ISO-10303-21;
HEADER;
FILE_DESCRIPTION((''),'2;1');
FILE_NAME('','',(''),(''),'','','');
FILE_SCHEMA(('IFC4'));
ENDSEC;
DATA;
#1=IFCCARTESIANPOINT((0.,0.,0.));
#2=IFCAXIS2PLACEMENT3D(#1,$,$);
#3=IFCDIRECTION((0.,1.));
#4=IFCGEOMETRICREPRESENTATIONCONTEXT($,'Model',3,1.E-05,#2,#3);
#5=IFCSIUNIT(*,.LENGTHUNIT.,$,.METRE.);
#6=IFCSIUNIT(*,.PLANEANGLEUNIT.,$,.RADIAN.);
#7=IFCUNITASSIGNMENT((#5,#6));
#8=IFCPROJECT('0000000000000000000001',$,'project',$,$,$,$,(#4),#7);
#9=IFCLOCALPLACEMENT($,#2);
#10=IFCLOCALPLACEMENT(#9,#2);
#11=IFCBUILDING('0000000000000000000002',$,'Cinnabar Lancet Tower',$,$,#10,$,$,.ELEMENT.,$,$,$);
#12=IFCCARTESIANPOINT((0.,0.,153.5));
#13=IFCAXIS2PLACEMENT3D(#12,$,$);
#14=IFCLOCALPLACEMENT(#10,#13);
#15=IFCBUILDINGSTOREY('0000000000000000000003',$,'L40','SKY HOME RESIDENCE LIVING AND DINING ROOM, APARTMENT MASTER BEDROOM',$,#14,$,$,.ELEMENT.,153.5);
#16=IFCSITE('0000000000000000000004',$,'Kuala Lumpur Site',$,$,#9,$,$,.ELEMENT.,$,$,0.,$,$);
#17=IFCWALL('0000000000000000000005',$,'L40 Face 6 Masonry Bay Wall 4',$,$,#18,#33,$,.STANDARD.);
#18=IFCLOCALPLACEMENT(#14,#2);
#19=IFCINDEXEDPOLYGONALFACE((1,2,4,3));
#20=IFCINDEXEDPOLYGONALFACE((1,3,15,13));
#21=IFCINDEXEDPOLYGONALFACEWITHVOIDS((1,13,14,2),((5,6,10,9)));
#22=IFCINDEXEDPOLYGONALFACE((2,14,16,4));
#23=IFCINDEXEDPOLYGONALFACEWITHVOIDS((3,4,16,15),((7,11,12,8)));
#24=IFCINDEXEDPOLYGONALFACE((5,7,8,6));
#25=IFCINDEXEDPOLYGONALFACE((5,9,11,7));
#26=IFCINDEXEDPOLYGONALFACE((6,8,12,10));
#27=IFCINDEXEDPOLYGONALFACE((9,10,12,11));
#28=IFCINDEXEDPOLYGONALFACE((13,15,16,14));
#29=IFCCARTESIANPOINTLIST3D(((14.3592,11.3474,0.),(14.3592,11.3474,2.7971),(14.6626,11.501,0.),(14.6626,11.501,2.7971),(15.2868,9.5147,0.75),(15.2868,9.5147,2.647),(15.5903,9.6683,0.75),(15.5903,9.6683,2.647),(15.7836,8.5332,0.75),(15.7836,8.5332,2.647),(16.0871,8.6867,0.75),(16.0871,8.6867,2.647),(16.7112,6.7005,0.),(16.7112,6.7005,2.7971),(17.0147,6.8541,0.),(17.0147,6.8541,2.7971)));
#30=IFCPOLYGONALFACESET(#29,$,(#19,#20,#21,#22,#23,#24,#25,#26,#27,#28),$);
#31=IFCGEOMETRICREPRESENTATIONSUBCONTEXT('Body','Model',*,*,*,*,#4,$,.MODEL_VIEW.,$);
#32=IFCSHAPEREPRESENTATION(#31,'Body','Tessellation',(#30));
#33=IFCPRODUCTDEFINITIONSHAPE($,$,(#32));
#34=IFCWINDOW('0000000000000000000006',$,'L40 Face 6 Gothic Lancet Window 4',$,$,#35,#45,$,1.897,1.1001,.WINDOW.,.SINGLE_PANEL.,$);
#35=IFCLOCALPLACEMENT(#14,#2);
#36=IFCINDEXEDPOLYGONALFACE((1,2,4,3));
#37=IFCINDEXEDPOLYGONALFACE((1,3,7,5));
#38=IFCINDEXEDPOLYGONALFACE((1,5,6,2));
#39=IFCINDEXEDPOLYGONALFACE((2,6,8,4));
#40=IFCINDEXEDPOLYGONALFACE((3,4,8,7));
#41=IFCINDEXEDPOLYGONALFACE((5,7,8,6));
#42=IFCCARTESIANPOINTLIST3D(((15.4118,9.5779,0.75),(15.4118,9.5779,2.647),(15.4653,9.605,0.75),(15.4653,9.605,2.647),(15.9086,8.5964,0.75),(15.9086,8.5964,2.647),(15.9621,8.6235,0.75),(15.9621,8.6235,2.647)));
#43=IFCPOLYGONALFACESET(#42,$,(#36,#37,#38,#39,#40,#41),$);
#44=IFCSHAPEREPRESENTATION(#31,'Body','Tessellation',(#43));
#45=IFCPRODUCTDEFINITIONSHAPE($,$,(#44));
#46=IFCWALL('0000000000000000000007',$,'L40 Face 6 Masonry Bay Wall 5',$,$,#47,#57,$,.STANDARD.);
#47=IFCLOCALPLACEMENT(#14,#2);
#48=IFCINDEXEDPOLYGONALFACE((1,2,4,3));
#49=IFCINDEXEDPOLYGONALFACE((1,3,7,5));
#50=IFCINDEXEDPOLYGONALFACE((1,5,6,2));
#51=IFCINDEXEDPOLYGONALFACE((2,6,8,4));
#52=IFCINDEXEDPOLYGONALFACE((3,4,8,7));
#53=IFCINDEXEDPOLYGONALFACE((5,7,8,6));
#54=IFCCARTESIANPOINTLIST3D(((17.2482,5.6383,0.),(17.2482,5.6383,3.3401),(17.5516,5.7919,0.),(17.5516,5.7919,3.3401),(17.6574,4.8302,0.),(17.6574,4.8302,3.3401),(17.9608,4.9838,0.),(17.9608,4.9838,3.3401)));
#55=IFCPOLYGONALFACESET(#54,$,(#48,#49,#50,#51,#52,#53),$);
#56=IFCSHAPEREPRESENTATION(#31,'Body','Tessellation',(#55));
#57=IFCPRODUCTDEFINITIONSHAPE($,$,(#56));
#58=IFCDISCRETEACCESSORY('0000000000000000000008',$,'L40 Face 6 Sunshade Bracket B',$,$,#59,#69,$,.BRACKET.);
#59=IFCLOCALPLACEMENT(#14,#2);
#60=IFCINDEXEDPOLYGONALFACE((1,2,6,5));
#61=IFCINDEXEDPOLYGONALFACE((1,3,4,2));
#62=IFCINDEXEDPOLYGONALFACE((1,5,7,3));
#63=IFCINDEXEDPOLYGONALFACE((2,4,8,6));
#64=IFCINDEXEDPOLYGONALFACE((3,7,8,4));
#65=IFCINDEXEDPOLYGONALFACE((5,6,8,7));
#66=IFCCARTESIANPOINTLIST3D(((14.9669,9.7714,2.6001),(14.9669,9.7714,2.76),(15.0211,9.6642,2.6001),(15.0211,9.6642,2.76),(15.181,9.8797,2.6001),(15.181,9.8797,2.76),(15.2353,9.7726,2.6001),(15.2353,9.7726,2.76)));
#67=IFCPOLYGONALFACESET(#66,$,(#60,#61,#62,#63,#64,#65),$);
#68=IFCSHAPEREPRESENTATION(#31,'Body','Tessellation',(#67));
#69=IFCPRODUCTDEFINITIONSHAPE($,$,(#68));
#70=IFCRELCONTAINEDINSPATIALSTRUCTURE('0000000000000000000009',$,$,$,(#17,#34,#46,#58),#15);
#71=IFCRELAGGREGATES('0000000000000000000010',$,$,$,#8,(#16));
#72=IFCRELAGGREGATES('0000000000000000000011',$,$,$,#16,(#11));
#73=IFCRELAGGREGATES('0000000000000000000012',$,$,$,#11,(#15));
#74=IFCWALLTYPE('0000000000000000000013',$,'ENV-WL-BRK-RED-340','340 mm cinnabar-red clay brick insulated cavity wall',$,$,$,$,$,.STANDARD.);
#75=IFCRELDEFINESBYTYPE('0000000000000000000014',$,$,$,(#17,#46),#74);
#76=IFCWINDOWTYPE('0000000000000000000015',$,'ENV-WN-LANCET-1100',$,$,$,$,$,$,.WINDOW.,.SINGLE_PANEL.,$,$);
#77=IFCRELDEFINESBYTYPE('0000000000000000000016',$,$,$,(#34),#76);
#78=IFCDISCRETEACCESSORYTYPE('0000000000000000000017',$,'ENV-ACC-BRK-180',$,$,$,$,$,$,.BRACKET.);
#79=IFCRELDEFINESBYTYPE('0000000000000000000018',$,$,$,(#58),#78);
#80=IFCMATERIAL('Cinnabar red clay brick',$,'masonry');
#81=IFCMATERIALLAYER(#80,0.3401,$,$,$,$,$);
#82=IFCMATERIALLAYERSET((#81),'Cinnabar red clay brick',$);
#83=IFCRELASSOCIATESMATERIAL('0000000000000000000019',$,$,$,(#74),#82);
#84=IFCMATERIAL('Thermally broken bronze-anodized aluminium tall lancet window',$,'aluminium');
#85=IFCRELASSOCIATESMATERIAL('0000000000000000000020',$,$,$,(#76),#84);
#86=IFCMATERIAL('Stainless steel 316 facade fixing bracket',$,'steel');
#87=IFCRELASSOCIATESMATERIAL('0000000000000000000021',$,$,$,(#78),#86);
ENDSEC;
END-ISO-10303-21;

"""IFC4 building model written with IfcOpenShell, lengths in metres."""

from ifc_helpers import new_model, si_unit, direction, frame, frame_2d, origin, origin_2d, place, context, subcontext, project, spatial, rectangle, extrude, material, layer, layer_set, type_object, element, fill, save


model = new_model("IFC4")

# Units and contexts
model_context = context("Model", 3, precision=1e-05, world=origin(), true_north=direction((0.0, 1.0)))
body_context = subcontext(model_context, "Body", "Model", "MODEL_VIEW")
ifc_project = project(units=[si_unit("LENGTHUNIT", "METRE"), si_unit("PLANEANGLEUNIT", "RADIAN")], contexts=[model_context])

# Site, building, storey
site_placement = place(None, origin())
site = spatial("IfcSite", under=ifc_project, at=site_placement, Name="Kuala Lumpur Site", CompositionType="ELEMENT", RefElevation=0.0)
building_placement = place(site_placement, origin())
building = spatial("IfcBuilding", under=site, at=building_placement, Name="Cinnabar Lancet Tower", CompositionType="ELEMENT")
storey_placement = place(building_placement, frame((0.0, 0.0, 153.5)))
storey = spatial("IfcBuildingStorey", under=building, at=storey_placement, Name="L40", Description="SKY HOME RESIDENCE LIVING AND DINING ROOM, APARTMENT MASTER BEDROOM", CompositionType="ELEMENT", Elevation=153.5)

# Shared definitions
ifc_material_1 = material(Name="Cinnabar red clay brick", Category="masonry")
ifc_layer_1 = layer(ifc_material_1, 0.3401)
ifc_layer_set_1 = layer_set([ifc_layer_1], Name="Cinnabar red clay brick")
wall_type = type_object("IfcWallType", Name="ENV-WL-BRK-RED-340", Description="340 mm cinnabar-red clay brick insulated cavity wall", PredefinedType="STANDARD", material=ifc_layer_set_1)

# Wall, opening, window
wall_1_placement = place(storey_placement, frame((14.511, 11.4241, 0.0), z_axis=(0.0, 0.0, 1.0), x_axis=(0.451596, -0.892223, 0.0)))
wall_1 = element("IfcWall", 1, at=wall_1_placement, inside=storey, type_object=wall_type, Name="L40 Face 6 Masonry Bay Wall 4", PredefinedType="STANDARD", context=body_context, shape_type="SweptSolid", body=[
    extrude(rectangle(XDim=5.2083, YDim=0.3401, at=frame_2d((2.604, 0.0))), origin(), (0.0, 0.0, 1.0), 2.7971),
])
opening_placement = place(wall_1_placement, frame((2.054, 0.0, 0.75)))
opening = element("IfcOpeningElement", 2, at=opening_placement, cuts=wall_1, PredefinedType="OPENING", context=body_context, shape_type="SweptSolid", body=[
    extrude(rectangle(XDim=1.1001, YDim=1.897, at=frame_2d((0.55, 0.9485))), frame((0.0, 0.1799, 0.0), z_axis=(0.0, -1.0, 0.0), x_axis=(1.0, 0.0, 0.0)), (0.0, 0.0, 1.0), 0.3601),
])
ifc_material_2 = material(Name="Thermally broken bronze-anodized aluminium tall lancet window", Category="aluminium")
window_type = type_object("IfcWindowType", Name="ENV-WN-LANCET-1100", PartitioningType="SINGLE_PANEL", PredefinedType="WINDOW", material=ifc_material_2)
window_placement = place(opening_placement, origin())
window = element("IfcWindow", 3, at=window_placement, inside=storey, type_object=window_type, Name="L40 Face 6 Gothic Lancet Window 4", OverallHeight=1.897, OverallWidth=1.1001, PartitioningType="SINGLE_PANEL", PredefinedType="WINDOW", context=body_context, shape_type="SweptSolid", body=[
    extrude(rectangle(XDim=1.1001, YDim=1.897, at=frame_2d((0.55, 0.9485))), frame((0.0, 0.03, 0.0), z_axis=(0.0, -1.0, 0.0), x_axis=(1.0, 0.0, 0.0)), (0.0, 0.0, 1.0), 0.0601),
])
fill(opening, window)

# Wall
wall_2_placement = place(storey_placement, frame((17.3999, 5.7151, 0.0), z_axis=(0.0, 0.0, 1.0), x_axis=(0.451736, -0.892152, 0.0)))
element("IfcWall", 4, at=wall_2_placement, inside=storey, type_object=wall_type, Name="L40 Face 6 Masonry Bay Wall 5", PredefinedType="STANDARD", context=body_context, shape_type="SweptSolid", body=[
    extrude(rectangle(XDim=0.9058, YDim=0.3401, at=frame_2d((0.4529, 0.0))), origin(), (0.0, 0.0, 1.0), 3.3401),
])

# Discrete accessory
ifc_material_3 = material(Name="Stainless steel 316 facade fixing bracket", Category="steel")
discrete_accessory_type = type_object("IfcDiscreteAccessoryType", Name="ENV-ACC-BRK-180", PredefinedType="BRACKET", material=ifc_material_3)
discrete_accessory_placement = place(storey_placement, frame((15.1011, 9.772, 2.6001), z_axis=(0.0, 0.0, 1.0), x_axis=(0.451454, -0.892294, 0.0)))
element("IfcDiscreteAccessory", 5, at=discrete_accessory_placement, inside=storey, type_object=discrete_accessory_type, Name="L40 Face 6 Sunshade Bracket B", PredefinedType="BRACKET", context=body_context, shape_type="SweptSolid", body=[
    extrude(rectangle(XDim=0.1201, YDim=0.24, at=origin_2d()), origin(), (0.0, 0.0, 1.0), 0.1599),
])

save(model, "model.ifc")
